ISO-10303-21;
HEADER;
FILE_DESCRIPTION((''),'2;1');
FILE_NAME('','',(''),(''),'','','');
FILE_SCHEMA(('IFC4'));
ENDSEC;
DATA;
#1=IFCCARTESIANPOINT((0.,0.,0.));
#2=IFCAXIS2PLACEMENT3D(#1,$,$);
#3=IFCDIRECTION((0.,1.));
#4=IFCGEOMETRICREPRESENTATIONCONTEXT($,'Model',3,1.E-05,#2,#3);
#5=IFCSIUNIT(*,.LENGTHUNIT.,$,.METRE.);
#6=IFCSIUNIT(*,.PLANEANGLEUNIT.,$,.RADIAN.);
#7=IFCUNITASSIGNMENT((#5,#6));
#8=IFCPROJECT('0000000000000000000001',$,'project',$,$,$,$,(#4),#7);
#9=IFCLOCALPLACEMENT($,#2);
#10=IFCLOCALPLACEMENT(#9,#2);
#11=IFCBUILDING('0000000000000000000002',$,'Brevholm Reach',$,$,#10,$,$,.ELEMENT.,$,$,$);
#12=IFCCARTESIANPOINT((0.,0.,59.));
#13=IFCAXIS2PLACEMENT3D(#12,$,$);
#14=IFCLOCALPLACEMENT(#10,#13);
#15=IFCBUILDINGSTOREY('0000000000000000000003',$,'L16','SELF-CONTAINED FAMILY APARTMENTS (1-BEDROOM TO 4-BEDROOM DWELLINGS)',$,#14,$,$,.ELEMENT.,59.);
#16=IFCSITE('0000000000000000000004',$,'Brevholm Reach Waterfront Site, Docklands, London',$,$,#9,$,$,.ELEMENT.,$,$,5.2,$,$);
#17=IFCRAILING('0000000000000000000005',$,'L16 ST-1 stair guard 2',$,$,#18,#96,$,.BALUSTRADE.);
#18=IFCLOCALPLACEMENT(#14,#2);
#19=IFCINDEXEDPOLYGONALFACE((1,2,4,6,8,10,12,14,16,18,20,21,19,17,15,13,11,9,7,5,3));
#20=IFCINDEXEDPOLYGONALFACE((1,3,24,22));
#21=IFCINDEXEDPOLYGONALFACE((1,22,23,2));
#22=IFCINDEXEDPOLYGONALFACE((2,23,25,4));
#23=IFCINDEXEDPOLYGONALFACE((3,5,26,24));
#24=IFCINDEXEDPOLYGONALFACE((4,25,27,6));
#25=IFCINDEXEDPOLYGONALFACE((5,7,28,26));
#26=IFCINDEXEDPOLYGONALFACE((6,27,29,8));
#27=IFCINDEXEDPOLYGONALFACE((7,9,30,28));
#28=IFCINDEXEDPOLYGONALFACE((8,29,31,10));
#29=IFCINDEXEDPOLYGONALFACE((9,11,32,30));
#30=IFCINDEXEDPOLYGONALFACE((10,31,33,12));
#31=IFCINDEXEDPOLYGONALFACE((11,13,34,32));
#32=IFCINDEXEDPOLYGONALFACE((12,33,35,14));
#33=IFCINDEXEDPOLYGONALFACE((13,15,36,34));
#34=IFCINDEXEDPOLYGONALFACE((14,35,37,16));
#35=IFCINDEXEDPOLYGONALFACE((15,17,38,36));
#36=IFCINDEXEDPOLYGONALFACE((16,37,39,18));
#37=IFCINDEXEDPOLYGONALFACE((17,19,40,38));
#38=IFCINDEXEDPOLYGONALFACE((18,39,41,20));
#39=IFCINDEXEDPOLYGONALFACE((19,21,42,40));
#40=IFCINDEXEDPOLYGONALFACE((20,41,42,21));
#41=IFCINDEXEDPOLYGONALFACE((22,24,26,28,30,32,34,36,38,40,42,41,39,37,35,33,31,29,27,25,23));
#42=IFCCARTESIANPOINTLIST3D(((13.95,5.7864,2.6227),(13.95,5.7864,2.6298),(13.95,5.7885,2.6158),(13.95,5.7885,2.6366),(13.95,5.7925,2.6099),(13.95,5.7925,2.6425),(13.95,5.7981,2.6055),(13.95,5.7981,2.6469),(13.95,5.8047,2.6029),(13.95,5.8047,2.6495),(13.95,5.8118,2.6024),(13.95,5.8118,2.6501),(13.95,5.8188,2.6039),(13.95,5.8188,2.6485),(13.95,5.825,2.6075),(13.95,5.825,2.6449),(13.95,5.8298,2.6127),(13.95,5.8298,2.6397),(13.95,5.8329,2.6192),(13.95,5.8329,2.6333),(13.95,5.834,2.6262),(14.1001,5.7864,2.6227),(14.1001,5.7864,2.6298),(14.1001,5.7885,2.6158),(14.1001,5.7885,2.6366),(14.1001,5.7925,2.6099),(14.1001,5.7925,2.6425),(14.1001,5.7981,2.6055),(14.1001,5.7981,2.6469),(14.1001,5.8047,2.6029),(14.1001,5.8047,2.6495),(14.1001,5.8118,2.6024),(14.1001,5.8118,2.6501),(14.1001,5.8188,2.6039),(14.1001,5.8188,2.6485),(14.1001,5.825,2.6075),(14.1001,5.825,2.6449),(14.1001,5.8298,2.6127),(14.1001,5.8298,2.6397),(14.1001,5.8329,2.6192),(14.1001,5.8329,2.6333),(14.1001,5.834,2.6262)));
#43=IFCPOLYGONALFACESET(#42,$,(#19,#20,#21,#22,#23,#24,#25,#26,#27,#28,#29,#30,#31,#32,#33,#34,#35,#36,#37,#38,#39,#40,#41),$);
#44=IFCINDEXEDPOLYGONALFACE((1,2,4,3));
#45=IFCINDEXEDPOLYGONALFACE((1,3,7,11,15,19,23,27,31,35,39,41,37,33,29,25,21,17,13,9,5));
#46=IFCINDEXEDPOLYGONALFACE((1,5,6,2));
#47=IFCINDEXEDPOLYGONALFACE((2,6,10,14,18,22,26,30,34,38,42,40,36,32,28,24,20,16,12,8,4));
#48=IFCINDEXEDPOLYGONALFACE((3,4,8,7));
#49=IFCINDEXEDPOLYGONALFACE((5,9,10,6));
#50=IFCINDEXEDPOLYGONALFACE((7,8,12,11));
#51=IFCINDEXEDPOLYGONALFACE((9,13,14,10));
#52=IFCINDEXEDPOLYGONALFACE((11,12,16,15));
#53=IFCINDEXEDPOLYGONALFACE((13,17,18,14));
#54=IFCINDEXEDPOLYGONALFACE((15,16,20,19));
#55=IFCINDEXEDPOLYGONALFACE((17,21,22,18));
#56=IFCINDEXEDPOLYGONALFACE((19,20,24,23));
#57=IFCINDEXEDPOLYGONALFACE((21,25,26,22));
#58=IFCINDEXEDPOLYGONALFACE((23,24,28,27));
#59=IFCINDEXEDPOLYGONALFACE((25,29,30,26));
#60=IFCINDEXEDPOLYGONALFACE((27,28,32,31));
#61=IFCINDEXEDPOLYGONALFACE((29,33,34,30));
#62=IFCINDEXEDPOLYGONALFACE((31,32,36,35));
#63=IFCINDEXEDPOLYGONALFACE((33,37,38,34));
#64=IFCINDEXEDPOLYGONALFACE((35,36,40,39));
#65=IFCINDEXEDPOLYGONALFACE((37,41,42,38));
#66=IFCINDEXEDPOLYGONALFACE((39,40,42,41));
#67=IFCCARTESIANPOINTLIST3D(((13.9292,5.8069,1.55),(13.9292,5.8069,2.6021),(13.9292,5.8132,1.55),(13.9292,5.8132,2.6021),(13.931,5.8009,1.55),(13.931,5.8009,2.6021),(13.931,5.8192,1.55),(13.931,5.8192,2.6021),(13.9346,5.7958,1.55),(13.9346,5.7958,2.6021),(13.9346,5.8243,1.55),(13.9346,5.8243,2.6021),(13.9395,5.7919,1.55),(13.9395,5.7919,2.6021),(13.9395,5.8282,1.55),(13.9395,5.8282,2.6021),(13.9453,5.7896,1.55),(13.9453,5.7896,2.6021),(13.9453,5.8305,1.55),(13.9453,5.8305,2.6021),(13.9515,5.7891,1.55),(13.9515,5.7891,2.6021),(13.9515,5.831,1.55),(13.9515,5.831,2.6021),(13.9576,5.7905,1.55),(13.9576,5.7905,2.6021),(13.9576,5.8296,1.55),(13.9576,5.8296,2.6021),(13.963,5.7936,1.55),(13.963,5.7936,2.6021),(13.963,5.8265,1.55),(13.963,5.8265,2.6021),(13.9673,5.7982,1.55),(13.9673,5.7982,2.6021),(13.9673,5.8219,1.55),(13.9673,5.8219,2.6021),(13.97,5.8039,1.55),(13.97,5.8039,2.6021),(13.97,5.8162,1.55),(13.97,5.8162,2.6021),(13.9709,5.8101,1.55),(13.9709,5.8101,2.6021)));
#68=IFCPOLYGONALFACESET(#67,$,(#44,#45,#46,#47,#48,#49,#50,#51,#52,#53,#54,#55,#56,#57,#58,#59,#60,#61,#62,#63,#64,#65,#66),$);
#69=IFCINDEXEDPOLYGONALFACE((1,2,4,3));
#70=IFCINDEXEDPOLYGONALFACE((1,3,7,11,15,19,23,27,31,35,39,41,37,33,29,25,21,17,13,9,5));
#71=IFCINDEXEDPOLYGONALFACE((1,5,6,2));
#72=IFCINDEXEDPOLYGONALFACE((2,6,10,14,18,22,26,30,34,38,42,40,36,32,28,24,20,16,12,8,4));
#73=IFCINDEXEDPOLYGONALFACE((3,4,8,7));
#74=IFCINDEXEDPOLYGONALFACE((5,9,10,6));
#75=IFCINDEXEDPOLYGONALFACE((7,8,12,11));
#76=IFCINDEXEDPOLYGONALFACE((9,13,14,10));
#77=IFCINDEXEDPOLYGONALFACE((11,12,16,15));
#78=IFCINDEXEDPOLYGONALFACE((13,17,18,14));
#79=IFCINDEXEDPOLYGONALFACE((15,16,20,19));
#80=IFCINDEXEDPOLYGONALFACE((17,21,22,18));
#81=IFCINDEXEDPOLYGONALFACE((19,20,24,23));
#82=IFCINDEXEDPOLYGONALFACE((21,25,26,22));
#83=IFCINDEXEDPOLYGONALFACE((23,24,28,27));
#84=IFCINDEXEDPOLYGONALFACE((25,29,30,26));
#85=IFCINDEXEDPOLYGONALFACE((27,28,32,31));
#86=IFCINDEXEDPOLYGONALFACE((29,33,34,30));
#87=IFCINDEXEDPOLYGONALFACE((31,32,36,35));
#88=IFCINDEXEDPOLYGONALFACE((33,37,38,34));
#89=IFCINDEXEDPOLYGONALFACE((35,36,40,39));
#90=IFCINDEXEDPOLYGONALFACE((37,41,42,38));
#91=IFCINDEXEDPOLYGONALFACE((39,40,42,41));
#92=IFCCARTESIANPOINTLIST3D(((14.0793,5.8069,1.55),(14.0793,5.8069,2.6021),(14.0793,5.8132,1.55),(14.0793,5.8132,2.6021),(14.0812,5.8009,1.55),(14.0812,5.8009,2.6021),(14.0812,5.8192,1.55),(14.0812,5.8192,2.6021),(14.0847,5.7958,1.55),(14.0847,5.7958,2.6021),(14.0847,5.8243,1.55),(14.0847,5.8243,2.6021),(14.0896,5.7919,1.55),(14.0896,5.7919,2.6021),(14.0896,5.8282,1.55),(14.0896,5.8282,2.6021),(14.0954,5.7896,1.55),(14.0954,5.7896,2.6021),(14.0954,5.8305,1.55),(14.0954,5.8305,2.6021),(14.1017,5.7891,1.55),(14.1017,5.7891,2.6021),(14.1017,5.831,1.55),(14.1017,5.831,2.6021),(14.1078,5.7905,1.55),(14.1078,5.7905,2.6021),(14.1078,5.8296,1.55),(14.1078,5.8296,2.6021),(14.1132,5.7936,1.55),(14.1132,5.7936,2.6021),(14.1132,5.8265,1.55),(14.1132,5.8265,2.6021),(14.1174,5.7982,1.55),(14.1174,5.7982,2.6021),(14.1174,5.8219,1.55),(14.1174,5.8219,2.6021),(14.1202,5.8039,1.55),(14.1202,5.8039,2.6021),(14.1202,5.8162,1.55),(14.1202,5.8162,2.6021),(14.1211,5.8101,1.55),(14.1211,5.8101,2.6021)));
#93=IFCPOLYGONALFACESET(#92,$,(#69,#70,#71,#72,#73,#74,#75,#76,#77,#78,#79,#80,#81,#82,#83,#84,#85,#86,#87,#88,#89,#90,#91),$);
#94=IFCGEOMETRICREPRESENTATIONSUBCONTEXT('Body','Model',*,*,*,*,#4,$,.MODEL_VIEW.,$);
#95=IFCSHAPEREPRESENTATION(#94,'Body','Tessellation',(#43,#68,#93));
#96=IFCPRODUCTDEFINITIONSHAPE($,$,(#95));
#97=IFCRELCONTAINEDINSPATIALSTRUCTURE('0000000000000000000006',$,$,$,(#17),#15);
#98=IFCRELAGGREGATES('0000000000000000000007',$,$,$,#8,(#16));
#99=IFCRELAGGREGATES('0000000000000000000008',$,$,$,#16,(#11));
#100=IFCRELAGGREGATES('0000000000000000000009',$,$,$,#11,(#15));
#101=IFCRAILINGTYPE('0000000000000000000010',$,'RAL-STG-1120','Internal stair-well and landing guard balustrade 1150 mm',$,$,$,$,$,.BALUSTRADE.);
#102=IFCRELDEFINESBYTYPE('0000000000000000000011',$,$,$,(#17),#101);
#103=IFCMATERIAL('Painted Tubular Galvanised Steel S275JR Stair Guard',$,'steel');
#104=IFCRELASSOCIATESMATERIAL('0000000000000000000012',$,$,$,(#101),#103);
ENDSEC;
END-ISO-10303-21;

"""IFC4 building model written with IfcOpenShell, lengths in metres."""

from ifc_helpers import new_model, si_unit, direction, frame, origin, origin_2d, place, context, subcontext, project, spatial, circle, extrude, material, type_object, element, save


model = new_model("IFC4")

# Units and contexts
model_context = context("Model", 3, precision=1e-05, world=origin(), true_north=direction((0.0, 1.0)))
body_context = subcontext(model_context, "Body", "Model", "MODEL_VIEW")
ifc_project = project(units=[si_unit("LENGTHUNIT", "METRE"), si_unit("PLANEANGLEUNIT", "RADIAN")], contexts=[model_context])

# Site, building, storey
site_placement = place(None, origin())
site = spatial("IfcSite", under=ifc_project, at=site_placement, Name="Brevholm Reach Waterfront Site, Docklands, London", CompositionType="ELEMENT", RefElevation=5.2)
building_placement = place(site_placement, origin())
building = spatial("IfcBuilding", under=site, at=building_placement, Name="Brevholm Reach", CompositionType="ELEMENT")
storey_placement = place(building_placement, frame((0.0, 0.0, 59.0)))
storey = spatial("IfcBuildingStorey", under=building, at=storey_placement, Name="L16", Description="SELF-CONTAINED FAMILY APARTMENTS (1-BEDROOM TO 4-BEDROOM DWELLINGS)", CompositionType="ELEMENT", Elevation=59.0)

# Railing
ifc_material_1 = material(Name="Painted Tubular Galvanised Steel S275JR Stair Guard", Category="steel")
railing_type_1 = type_object("IfcRailingType", Name="RAL-STG-1120", Description="Internal stair-well and landing guard balustrade 1150 mm", PredefinedType="BALUSTRADE", material=ifc_material_1)
railing_1_placement = place(storey_placement, frame((13.95, 5.8101, 1.55)))
element("IfcRailing", 1, at=railing_1_placement, inside=storey, type_object=railing_type_1, Name="L16 ST-1 stair guard 2", PredefinedType="BALUSTRADE", context=body_context, shape_type="SweptSolid", body=[
    extrude(circle(Radius=0.0239, at=origin_2d()), frame((0.0, 0.0, 1.0762), z_axis=(1.0, 0.0, 0.0), x_axis=(0.0, 1.0, 0.0)), (0.0, 0.0, 1.0), 0.1501),
    extrude(circle(Radius=0.021, at=origin_2d()), origin(), (0.0, 0.0, 1.0), 1.052),
    extrude(circle(Radius=0.021, at=origin_2d()), frame((0.1501, 0.0, 0.0)), (0.0, 0.0, 1.0), 1.052),
])

save(model, "model.ifc")
